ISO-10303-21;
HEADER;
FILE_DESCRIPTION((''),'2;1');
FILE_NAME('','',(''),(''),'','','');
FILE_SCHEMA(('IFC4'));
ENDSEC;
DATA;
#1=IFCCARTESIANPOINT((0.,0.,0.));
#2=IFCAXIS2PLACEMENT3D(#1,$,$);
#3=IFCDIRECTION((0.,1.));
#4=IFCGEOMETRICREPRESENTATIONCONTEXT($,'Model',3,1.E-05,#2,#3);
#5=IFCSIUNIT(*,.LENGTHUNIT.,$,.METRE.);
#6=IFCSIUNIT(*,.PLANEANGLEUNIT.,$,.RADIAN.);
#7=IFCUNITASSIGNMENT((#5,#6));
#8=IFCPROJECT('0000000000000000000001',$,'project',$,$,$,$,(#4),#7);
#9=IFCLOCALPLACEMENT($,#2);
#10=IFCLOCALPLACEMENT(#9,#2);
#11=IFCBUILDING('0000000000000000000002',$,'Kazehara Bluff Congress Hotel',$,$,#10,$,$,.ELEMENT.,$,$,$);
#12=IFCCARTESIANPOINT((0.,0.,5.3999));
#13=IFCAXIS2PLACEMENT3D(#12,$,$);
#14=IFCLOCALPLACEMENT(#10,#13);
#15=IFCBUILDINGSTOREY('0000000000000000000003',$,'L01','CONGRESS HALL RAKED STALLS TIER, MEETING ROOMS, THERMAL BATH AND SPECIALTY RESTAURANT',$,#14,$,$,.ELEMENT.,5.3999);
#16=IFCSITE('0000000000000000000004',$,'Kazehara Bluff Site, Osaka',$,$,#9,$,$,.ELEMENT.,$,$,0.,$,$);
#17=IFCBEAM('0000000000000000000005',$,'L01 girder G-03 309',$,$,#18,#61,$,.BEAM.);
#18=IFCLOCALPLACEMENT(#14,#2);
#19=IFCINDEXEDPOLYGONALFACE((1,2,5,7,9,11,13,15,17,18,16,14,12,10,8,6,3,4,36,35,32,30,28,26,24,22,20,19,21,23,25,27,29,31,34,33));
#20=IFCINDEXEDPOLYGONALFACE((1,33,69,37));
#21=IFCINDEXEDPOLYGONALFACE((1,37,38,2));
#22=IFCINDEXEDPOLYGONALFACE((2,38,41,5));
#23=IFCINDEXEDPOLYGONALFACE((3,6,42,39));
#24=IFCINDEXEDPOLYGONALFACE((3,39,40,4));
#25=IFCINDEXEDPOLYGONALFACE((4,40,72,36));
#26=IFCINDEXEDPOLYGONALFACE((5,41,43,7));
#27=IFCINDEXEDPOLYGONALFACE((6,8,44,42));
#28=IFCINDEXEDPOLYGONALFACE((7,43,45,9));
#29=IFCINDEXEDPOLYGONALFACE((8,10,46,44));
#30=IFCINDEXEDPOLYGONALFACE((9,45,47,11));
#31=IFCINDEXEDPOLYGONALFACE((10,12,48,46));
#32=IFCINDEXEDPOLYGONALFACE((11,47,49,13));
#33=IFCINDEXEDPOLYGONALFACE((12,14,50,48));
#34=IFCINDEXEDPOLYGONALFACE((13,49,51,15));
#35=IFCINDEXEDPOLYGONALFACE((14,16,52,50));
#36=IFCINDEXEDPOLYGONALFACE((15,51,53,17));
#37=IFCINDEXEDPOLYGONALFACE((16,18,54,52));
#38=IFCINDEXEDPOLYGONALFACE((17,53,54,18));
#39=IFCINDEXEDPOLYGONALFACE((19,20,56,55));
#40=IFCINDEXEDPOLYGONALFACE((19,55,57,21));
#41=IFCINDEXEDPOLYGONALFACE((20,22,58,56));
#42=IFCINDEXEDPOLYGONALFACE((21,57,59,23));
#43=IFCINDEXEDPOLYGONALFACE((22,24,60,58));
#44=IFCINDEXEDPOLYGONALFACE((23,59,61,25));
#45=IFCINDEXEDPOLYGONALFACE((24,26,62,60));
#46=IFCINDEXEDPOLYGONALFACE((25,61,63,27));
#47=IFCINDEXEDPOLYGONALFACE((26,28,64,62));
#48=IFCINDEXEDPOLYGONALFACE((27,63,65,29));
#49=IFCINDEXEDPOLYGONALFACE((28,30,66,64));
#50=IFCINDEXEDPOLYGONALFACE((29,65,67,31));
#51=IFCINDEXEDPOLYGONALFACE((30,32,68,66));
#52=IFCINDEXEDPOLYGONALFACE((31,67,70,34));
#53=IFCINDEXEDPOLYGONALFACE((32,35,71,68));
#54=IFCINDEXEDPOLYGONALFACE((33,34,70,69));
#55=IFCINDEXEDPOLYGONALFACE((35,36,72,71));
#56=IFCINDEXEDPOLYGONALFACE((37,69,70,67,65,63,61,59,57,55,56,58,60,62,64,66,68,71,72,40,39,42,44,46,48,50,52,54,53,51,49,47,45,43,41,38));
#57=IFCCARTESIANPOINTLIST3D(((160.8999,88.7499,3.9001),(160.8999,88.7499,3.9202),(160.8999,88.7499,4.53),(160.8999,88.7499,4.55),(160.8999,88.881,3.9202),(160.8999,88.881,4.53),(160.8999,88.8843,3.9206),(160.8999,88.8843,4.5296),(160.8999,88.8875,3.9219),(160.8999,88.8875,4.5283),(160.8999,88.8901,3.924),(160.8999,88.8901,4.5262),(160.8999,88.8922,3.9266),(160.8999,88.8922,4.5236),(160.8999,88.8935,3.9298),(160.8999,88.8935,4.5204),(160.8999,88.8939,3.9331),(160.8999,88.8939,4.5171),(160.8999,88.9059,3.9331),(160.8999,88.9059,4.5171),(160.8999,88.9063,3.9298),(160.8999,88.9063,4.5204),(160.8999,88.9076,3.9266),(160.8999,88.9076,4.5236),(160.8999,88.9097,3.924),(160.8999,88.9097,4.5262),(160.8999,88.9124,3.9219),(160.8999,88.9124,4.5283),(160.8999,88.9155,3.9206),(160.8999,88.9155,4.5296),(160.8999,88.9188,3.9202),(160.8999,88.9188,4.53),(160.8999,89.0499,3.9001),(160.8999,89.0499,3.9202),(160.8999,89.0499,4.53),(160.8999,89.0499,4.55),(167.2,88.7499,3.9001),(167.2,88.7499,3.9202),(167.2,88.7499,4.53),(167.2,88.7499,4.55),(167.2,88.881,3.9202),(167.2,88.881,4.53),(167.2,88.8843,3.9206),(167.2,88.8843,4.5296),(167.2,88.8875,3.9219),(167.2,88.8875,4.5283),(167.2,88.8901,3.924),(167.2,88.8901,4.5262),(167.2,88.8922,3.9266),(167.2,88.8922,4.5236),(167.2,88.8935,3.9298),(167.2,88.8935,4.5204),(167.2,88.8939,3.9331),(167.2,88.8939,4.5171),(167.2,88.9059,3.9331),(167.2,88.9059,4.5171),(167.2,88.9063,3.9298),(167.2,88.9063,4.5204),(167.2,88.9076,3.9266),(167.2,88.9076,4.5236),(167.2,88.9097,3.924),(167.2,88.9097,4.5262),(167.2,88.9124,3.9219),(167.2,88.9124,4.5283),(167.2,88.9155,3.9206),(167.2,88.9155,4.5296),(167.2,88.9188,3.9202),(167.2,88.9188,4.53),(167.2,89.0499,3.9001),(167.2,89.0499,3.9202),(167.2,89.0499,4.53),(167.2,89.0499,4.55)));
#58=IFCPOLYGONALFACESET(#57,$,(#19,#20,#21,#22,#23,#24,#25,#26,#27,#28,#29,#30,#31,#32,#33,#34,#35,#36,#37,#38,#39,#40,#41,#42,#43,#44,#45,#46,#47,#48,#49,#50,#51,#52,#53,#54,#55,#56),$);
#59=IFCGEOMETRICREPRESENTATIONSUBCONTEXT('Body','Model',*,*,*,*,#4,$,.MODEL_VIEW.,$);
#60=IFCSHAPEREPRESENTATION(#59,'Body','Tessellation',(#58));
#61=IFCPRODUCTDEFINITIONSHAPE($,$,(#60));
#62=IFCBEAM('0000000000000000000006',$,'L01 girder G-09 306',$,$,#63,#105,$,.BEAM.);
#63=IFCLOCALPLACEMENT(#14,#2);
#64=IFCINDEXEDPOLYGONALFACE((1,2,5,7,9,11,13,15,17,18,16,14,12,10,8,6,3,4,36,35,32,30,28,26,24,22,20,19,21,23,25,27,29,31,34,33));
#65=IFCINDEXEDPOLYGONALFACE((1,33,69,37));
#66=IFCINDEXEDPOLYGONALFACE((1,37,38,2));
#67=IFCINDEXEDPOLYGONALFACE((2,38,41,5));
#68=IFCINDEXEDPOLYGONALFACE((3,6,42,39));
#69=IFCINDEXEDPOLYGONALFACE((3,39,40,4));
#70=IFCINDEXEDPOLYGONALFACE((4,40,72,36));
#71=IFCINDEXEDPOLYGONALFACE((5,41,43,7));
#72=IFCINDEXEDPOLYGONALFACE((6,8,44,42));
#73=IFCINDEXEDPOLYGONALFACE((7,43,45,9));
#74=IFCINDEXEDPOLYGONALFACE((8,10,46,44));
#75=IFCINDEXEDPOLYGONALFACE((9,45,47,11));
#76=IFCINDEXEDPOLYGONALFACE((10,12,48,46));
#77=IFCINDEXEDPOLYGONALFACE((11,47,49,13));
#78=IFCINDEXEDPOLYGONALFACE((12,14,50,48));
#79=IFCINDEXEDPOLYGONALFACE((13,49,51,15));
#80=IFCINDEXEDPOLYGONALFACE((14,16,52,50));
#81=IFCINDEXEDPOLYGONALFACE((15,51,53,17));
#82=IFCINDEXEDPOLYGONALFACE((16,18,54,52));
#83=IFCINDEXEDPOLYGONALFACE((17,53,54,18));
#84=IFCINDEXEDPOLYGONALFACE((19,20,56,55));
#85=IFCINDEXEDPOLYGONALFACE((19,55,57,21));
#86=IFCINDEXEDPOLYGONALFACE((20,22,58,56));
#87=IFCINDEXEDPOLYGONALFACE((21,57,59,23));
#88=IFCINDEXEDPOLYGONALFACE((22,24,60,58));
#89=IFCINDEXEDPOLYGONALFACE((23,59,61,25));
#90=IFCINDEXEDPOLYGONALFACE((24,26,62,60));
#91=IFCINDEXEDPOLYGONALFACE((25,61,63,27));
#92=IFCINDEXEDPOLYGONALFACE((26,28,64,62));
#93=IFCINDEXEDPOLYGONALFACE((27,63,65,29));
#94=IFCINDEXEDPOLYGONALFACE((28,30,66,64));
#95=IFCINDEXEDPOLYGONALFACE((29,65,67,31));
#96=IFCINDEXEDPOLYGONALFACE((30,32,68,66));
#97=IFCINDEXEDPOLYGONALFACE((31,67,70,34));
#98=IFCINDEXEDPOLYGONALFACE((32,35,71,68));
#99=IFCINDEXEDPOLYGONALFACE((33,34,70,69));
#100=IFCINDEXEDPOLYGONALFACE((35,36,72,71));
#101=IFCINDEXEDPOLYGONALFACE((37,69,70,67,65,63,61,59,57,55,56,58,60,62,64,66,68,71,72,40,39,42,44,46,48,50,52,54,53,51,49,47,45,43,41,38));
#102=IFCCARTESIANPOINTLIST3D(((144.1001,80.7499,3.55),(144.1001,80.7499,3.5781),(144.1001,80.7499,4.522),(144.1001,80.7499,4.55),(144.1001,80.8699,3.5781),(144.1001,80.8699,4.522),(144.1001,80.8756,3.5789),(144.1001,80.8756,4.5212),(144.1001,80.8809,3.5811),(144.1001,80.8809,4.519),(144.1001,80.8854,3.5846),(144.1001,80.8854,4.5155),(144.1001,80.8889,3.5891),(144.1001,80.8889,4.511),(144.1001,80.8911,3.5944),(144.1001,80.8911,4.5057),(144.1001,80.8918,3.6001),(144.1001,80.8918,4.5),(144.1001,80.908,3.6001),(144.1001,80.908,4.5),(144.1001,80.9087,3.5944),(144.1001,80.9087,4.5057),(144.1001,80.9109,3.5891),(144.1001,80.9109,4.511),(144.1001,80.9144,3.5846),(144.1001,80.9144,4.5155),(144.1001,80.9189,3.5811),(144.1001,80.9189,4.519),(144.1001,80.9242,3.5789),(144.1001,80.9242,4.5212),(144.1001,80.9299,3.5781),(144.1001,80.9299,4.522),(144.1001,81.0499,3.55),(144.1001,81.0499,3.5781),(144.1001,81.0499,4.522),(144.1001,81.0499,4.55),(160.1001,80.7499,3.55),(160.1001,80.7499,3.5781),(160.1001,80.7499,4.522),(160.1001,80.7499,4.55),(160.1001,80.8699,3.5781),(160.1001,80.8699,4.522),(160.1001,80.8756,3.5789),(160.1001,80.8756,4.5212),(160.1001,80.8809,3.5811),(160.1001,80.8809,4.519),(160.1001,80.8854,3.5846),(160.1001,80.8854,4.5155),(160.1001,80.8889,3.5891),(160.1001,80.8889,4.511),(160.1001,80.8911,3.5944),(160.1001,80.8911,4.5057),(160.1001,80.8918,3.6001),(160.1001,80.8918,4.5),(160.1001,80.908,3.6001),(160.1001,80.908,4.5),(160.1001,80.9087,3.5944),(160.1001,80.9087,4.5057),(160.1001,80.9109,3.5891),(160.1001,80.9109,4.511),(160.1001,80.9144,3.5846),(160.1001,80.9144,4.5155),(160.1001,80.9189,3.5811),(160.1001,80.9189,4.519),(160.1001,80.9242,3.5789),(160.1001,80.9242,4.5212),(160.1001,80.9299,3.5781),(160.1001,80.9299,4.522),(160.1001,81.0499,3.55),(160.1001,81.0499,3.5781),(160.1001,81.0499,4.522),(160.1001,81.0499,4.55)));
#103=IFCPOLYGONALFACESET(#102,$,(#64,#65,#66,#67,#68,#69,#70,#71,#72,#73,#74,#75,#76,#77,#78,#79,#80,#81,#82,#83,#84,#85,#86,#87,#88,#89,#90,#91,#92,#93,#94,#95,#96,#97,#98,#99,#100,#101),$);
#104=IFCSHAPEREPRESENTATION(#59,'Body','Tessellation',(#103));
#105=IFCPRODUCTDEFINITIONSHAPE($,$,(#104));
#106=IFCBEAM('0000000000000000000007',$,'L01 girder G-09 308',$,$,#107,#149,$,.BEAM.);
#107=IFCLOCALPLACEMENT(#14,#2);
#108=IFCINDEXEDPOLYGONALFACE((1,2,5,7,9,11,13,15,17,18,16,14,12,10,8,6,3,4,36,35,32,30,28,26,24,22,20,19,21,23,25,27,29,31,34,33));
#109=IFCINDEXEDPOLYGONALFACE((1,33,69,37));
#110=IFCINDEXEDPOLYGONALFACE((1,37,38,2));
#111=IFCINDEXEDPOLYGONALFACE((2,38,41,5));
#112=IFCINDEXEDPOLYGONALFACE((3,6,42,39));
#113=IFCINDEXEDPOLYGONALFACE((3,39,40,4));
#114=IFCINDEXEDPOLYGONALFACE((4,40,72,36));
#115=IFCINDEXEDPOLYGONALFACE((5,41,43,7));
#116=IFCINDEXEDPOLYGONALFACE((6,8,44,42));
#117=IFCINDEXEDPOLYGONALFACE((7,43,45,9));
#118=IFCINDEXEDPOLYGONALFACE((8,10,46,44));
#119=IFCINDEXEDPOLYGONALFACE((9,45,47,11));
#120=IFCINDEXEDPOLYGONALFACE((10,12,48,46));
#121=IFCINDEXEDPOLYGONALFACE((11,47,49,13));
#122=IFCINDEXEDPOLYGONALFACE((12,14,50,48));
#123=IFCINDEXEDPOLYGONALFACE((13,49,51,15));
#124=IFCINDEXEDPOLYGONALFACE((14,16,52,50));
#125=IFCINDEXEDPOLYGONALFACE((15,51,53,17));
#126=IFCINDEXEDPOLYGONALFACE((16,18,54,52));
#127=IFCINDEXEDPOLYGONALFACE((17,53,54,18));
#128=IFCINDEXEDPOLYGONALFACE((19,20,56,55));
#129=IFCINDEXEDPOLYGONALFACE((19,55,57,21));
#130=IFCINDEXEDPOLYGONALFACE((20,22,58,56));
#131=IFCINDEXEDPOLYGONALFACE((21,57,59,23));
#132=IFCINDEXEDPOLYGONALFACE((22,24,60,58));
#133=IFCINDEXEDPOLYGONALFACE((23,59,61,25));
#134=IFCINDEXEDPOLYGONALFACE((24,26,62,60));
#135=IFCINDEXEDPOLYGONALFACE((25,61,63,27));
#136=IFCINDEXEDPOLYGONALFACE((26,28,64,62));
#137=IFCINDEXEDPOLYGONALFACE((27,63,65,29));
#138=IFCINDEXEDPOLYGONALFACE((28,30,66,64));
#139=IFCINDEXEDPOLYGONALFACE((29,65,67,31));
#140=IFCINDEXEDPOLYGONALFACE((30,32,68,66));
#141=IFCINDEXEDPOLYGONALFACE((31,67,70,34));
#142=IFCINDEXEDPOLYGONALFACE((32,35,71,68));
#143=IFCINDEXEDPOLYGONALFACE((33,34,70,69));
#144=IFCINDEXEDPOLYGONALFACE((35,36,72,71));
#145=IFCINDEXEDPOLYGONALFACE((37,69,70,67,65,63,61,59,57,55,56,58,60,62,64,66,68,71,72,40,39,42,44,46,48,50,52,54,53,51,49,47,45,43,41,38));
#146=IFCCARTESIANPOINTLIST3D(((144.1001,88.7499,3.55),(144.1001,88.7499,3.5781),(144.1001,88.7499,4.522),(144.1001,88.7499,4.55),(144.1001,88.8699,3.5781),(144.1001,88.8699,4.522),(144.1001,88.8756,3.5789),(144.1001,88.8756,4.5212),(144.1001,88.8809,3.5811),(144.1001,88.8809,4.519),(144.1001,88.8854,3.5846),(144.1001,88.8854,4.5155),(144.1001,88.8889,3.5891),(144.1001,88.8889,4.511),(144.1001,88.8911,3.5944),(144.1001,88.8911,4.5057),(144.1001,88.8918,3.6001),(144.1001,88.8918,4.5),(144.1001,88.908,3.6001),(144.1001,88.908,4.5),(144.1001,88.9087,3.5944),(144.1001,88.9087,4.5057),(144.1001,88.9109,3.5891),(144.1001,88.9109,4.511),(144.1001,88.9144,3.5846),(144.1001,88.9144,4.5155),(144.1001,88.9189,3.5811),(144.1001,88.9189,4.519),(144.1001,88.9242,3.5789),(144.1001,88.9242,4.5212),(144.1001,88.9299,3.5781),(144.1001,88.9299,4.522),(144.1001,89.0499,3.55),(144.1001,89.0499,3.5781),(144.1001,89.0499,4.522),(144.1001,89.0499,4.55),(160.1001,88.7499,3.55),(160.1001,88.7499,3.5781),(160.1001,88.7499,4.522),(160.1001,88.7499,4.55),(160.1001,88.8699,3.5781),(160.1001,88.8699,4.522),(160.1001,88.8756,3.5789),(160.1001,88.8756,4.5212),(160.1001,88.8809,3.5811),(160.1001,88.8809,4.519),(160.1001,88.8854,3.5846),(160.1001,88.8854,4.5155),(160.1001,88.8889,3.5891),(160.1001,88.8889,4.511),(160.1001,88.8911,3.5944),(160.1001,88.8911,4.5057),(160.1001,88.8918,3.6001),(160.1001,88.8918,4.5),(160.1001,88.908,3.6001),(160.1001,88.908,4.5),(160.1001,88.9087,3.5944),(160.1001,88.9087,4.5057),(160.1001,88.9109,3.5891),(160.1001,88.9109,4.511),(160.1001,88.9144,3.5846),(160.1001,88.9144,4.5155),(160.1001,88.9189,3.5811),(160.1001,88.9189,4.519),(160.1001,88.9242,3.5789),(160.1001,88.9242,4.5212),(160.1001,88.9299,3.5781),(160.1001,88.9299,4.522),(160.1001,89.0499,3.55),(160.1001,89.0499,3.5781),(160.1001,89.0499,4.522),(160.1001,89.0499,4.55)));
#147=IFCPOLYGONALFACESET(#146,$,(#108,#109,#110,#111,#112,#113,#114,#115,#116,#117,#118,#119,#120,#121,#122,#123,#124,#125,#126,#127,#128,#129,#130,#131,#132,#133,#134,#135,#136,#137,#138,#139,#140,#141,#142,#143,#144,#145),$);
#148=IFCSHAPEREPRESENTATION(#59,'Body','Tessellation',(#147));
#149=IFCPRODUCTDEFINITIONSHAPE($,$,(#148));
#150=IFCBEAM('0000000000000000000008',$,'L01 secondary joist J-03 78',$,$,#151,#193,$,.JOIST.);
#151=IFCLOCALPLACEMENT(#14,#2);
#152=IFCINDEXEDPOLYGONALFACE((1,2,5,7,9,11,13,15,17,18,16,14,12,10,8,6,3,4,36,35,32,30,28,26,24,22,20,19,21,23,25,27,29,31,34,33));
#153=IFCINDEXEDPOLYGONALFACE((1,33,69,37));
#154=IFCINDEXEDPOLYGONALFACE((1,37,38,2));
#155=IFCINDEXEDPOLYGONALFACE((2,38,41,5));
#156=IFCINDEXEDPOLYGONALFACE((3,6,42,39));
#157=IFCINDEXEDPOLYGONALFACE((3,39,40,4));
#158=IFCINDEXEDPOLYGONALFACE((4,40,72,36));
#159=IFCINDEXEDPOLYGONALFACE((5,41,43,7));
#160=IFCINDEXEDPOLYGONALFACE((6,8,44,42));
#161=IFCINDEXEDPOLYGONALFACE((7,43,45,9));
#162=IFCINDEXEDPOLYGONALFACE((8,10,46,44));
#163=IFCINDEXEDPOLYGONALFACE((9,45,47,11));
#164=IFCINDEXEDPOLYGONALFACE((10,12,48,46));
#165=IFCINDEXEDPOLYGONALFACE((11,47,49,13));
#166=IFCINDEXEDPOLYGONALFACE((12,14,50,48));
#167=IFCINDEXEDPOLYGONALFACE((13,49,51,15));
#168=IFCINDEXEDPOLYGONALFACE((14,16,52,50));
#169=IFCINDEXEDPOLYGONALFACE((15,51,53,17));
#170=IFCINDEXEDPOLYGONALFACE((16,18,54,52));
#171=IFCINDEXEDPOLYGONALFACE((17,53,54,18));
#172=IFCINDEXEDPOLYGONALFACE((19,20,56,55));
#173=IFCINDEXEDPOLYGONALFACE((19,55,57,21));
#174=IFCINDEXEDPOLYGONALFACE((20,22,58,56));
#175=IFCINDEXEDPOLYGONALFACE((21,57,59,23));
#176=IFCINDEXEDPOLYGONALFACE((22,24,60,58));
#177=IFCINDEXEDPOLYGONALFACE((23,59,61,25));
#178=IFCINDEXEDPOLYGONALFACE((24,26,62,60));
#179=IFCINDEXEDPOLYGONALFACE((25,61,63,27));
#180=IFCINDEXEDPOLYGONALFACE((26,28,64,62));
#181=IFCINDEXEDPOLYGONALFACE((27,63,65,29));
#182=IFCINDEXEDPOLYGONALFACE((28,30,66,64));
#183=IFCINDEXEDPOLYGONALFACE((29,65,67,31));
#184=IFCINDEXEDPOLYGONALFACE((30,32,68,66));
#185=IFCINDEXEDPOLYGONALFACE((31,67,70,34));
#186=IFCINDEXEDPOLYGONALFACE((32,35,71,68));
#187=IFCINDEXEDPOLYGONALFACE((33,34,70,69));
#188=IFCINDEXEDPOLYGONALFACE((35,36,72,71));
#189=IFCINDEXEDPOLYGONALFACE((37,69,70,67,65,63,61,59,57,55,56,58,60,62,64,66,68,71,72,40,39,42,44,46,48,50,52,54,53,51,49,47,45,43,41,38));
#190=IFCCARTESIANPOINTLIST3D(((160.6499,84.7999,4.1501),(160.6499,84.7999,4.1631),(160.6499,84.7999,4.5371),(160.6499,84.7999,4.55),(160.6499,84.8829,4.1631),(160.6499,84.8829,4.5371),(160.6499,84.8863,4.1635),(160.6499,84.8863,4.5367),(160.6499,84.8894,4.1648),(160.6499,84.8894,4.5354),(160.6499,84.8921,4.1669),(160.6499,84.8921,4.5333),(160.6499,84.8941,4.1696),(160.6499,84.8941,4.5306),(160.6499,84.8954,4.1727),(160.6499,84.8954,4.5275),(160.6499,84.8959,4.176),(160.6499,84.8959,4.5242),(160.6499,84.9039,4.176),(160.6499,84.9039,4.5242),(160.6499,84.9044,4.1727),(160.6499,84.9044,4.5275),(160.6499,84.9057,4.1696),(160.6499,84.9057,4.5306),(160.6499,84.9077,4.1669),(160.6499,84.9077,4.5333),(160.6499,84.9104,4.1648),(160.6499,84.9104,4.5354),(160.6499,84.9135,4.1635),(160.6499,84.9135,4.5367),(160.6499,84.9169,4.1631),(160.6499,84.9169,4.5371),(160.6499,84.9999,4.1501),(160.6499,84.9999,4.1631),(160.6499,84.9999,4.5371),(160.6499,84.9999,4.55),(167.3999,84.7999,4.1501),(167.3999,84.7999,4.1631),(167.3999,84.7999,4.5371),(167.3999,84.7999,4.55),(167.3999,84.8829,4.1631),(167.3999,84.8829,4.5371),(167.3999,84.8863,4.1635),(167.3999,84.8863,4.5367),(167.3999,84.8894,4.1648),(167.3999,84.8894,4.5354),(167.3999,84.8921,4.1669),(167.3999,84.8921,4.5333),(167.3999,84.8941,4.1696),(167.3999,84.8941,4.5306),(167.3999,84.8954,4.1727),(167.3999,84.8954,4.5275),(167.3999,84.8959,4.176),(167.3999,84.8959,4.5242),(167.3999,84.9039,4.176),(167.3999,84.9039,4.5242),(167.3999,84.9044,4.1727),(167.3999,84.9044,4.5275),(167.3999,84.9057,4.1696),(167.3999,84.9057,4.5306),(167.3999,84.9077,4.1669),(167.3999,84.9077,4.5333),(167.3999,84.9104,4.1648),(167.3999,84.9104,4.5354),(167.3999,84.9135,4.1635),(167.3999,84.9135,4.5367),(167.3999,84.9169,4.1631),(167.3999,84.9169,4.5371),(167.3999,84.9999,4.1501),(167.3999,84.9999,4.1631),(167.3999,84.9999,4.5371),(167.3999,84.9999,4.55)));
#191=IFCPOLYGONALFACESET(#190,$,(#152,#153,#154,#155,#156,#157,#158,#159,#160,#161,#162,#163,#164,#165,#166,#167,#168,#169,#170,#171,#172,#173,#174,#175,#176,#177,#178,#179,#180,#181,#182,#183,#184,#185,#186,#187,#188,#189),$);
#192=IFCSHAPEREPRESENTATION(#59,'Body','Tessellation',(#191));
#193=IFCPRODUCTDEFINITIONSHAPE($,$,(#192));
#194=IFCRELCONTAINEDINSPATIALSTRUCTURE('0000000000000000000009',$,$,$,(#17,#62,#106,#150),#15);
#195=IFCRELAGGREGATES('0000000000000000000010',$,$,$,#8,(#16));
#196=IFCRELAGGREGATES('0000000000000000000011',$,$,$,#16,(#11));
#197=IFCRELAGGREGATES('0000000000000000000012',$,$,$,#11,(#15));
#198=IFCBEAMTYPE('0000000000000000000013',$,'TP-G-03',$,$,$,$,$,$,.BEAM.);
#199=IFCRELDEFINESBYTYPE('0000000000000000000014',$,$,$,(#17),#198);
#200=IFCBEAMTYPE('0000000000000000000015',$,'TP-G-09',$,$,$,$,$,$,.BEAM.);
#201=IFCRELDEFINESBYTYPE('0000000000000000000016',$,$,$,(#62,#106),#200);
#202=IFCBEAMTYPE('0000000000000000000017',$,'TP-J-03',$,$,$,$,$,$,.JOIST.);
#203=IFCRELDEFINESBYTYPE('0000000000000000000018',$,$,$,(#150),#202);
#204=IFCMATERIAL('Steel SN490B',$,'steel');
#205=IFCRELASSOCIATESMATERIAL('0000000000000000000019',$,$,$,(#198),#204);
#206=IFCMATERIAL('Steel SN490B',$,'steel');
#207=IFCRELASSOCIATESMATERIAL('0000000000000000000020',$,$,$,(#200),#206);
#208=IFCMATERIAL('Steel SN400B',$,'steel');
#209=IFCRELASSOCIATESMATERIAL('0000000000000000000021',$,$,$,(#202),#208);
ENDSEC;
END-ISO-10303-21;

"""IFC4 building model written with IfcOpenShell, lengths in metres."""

from ifc_helpers import new_model, si_unit, direction, frame, origin, origin_2d, place, context, subcontext, project, spatial, i_section, extrude, material, material_profile, profile_set, type_object, element, save


model = new_model("IFC4")

# Units and contexts
model_context = context("Model", 3, precision=1e-05, world=origin(), true_north=direction((0.0, 1.0)))
body_context = subcontext(model_context, "Body", "Model", "MODEL_VIEW")
ifc_project = project(units=[si_unit("LENGTHUNIT", "METRE"), si_unit("PLANEANGLEUNIT", "RADIAN")], contexts=[model_context])

# Site, building, storey
site_placement = place(None, origin())
site = spatial("IfcSite", under=ifc_project, at=site_placement, Name="Kazehara Bluff Site, Osaka", CompositionType="ELEMENT", RefElevation=0.0)
building_placement = place(site_placement, origin())
building = spatial("IfcBuilding", under=site, at=building_placement, Name="Kazehara Bluff Congress Hotel", CompositionType="ELEMENT")
storey_placement = place(building_placement, frame((0.0, 0.0, 5.3999)))
storey = spatial("IfcBuildingStorey", under=building, at=storey_placement, Name="L01", Description="CONGRESS HALL RAKED STALLS TIER, MEETING ROOMS, THERMAL BATH AND SPECIALTY RESTAURANT", CompositionType="ELEMENT", Elevation=5.3999)

# Beams
ifc_material_1 = material(Name="Steel SN490B", Category="steel")
ifc_material_profile_1 = material_profile(ifc_material_1, i_section(OverallWidth=0.3, OverallDepth=0.6499, WebThickness=0.012, FlangeThickness=0.02, FilletRadius=0.0129, at=origin_2d()))
ifc_profile_set_1 = profile_set([ifc_material_profile_1], Name="Steel SN490B")
beam_type_1 = type_object("IfcBeamType", Name="TP-G-03", PredefinedType="BEAM", material=ifc_profile_set_1)
beam_1_placement = place(storey_placement, frame((160.8999, 88.8999, 4.2251), z_axis=(1.0, 0.0, 0.0), x_axis=(0.0, 1.0, 0.0)))
element("IfcBeam", 1, at=beam_1_placement, inside=storey, type_object=beam_type_1, Name="L01 girder G-03 309", PredefinedType="BEAM", context=body_context, shape_type="SweptSolid", body=[
    extrude(i_section(OverallWidth=0.3, OverallDepth=0.6499, WebThickness=0.012, FlangeThickness=0.02, FilletRadius=0.0129, at=origin_2d()), origin(), (0.0, 0.0, 1.0), 6.3),
])
ifc_material_2 = material(Name="Steel SN490B", Category="steel")
ifc_material_profile_2 = material_profile(ifc_material_2, i_section(OverallWidth=0.3, OverallDepth=1.0, WebThickness=0.0161, FlangeThickness=0.0281, FilletRadius=0.022, at=origin_2d()))
ifc_profile_set_2 = profile_set([ifc_material_profile_2], Name="Steel SN490B")
beam_type_2 = type_object("IfcBeamType", Name="TP-G-09", PredefinedType="BEAM", material=ifc_profile_set_2)
for number, where, z_axis, x_axis, name in (
    (2, (144.1001, 80.8999, 4.05), (1.0, 0.0, 0.0), (0.0, 1.0, 0.0), "L01 girder G-09 306"),
    (3, (144.1001, 88.8999, 4.05), (1.0, 0.0, 0.0), (0.0, 1.0, 0.0), "L01 girder G-09 308"),
):
    element("IfcBeam", number, at=place(storey_placement, frame(where, z_axis=z_axis, x_axis=x_axis)), inside=storey, type_object=beam_type_2, Name=name, PredefinedType="BEAM", context=body_context, shape_type="SweptSolid", body=[
        extrude(i_section(OverallWidth=0.3, OverallDepth=1.0, WebThickness=0.0161, FlangeThickness=0.0281, FilletRadius=0.022, at=origin_2d()), origin(), (0.0, 0.0, 1.0), 16.0),
    ])
ifc_material_3 = material(Name="Steel SN400B", Category="steel")
ifc_material_profile_3 = material_profile(ifc_material_3, i_section(OverallWidth=0.2, OverallDepth=0.3999, WebThickness=0.0081, FlangeThickness=0.0129, FilletRadius=0.0129, at=origin_2d()))
ifc_profile_set_3 = profile_set([ifc_material_profile_3], Name="Steel SN400B")
beam_type_3 = type_object("IfcBeamType", Name="TP-J-03", PredefinedType="JOIST", material=ifc_profile_set_3)
beam_2_placement = place(storey_placement, frame((160.6499, 84.8999, 4.3501), z_axis=(1.0, 0.0, 0.0), x_axis=(0.0, 1.0, 0.0)))
element("IfcBeam", 4, at=beam_2_placement, inside=storey, type_object=beam_type_3, Name="L01 secondary joist J-03 78", PredefinedType="JOIST", context=body_context, shape_type="SweptSolid", body=[
    extrude(i_section(OverallWidth=0.2, OverallDepth=0.3999, WebThickness=0.0081, FlangeThickness=0.0129, FilletRadius=0.0129, at=origin_2d()), origin(), (0.0, 0.0, 1.0), 6.75),
])

save(model, "model.ifc")
